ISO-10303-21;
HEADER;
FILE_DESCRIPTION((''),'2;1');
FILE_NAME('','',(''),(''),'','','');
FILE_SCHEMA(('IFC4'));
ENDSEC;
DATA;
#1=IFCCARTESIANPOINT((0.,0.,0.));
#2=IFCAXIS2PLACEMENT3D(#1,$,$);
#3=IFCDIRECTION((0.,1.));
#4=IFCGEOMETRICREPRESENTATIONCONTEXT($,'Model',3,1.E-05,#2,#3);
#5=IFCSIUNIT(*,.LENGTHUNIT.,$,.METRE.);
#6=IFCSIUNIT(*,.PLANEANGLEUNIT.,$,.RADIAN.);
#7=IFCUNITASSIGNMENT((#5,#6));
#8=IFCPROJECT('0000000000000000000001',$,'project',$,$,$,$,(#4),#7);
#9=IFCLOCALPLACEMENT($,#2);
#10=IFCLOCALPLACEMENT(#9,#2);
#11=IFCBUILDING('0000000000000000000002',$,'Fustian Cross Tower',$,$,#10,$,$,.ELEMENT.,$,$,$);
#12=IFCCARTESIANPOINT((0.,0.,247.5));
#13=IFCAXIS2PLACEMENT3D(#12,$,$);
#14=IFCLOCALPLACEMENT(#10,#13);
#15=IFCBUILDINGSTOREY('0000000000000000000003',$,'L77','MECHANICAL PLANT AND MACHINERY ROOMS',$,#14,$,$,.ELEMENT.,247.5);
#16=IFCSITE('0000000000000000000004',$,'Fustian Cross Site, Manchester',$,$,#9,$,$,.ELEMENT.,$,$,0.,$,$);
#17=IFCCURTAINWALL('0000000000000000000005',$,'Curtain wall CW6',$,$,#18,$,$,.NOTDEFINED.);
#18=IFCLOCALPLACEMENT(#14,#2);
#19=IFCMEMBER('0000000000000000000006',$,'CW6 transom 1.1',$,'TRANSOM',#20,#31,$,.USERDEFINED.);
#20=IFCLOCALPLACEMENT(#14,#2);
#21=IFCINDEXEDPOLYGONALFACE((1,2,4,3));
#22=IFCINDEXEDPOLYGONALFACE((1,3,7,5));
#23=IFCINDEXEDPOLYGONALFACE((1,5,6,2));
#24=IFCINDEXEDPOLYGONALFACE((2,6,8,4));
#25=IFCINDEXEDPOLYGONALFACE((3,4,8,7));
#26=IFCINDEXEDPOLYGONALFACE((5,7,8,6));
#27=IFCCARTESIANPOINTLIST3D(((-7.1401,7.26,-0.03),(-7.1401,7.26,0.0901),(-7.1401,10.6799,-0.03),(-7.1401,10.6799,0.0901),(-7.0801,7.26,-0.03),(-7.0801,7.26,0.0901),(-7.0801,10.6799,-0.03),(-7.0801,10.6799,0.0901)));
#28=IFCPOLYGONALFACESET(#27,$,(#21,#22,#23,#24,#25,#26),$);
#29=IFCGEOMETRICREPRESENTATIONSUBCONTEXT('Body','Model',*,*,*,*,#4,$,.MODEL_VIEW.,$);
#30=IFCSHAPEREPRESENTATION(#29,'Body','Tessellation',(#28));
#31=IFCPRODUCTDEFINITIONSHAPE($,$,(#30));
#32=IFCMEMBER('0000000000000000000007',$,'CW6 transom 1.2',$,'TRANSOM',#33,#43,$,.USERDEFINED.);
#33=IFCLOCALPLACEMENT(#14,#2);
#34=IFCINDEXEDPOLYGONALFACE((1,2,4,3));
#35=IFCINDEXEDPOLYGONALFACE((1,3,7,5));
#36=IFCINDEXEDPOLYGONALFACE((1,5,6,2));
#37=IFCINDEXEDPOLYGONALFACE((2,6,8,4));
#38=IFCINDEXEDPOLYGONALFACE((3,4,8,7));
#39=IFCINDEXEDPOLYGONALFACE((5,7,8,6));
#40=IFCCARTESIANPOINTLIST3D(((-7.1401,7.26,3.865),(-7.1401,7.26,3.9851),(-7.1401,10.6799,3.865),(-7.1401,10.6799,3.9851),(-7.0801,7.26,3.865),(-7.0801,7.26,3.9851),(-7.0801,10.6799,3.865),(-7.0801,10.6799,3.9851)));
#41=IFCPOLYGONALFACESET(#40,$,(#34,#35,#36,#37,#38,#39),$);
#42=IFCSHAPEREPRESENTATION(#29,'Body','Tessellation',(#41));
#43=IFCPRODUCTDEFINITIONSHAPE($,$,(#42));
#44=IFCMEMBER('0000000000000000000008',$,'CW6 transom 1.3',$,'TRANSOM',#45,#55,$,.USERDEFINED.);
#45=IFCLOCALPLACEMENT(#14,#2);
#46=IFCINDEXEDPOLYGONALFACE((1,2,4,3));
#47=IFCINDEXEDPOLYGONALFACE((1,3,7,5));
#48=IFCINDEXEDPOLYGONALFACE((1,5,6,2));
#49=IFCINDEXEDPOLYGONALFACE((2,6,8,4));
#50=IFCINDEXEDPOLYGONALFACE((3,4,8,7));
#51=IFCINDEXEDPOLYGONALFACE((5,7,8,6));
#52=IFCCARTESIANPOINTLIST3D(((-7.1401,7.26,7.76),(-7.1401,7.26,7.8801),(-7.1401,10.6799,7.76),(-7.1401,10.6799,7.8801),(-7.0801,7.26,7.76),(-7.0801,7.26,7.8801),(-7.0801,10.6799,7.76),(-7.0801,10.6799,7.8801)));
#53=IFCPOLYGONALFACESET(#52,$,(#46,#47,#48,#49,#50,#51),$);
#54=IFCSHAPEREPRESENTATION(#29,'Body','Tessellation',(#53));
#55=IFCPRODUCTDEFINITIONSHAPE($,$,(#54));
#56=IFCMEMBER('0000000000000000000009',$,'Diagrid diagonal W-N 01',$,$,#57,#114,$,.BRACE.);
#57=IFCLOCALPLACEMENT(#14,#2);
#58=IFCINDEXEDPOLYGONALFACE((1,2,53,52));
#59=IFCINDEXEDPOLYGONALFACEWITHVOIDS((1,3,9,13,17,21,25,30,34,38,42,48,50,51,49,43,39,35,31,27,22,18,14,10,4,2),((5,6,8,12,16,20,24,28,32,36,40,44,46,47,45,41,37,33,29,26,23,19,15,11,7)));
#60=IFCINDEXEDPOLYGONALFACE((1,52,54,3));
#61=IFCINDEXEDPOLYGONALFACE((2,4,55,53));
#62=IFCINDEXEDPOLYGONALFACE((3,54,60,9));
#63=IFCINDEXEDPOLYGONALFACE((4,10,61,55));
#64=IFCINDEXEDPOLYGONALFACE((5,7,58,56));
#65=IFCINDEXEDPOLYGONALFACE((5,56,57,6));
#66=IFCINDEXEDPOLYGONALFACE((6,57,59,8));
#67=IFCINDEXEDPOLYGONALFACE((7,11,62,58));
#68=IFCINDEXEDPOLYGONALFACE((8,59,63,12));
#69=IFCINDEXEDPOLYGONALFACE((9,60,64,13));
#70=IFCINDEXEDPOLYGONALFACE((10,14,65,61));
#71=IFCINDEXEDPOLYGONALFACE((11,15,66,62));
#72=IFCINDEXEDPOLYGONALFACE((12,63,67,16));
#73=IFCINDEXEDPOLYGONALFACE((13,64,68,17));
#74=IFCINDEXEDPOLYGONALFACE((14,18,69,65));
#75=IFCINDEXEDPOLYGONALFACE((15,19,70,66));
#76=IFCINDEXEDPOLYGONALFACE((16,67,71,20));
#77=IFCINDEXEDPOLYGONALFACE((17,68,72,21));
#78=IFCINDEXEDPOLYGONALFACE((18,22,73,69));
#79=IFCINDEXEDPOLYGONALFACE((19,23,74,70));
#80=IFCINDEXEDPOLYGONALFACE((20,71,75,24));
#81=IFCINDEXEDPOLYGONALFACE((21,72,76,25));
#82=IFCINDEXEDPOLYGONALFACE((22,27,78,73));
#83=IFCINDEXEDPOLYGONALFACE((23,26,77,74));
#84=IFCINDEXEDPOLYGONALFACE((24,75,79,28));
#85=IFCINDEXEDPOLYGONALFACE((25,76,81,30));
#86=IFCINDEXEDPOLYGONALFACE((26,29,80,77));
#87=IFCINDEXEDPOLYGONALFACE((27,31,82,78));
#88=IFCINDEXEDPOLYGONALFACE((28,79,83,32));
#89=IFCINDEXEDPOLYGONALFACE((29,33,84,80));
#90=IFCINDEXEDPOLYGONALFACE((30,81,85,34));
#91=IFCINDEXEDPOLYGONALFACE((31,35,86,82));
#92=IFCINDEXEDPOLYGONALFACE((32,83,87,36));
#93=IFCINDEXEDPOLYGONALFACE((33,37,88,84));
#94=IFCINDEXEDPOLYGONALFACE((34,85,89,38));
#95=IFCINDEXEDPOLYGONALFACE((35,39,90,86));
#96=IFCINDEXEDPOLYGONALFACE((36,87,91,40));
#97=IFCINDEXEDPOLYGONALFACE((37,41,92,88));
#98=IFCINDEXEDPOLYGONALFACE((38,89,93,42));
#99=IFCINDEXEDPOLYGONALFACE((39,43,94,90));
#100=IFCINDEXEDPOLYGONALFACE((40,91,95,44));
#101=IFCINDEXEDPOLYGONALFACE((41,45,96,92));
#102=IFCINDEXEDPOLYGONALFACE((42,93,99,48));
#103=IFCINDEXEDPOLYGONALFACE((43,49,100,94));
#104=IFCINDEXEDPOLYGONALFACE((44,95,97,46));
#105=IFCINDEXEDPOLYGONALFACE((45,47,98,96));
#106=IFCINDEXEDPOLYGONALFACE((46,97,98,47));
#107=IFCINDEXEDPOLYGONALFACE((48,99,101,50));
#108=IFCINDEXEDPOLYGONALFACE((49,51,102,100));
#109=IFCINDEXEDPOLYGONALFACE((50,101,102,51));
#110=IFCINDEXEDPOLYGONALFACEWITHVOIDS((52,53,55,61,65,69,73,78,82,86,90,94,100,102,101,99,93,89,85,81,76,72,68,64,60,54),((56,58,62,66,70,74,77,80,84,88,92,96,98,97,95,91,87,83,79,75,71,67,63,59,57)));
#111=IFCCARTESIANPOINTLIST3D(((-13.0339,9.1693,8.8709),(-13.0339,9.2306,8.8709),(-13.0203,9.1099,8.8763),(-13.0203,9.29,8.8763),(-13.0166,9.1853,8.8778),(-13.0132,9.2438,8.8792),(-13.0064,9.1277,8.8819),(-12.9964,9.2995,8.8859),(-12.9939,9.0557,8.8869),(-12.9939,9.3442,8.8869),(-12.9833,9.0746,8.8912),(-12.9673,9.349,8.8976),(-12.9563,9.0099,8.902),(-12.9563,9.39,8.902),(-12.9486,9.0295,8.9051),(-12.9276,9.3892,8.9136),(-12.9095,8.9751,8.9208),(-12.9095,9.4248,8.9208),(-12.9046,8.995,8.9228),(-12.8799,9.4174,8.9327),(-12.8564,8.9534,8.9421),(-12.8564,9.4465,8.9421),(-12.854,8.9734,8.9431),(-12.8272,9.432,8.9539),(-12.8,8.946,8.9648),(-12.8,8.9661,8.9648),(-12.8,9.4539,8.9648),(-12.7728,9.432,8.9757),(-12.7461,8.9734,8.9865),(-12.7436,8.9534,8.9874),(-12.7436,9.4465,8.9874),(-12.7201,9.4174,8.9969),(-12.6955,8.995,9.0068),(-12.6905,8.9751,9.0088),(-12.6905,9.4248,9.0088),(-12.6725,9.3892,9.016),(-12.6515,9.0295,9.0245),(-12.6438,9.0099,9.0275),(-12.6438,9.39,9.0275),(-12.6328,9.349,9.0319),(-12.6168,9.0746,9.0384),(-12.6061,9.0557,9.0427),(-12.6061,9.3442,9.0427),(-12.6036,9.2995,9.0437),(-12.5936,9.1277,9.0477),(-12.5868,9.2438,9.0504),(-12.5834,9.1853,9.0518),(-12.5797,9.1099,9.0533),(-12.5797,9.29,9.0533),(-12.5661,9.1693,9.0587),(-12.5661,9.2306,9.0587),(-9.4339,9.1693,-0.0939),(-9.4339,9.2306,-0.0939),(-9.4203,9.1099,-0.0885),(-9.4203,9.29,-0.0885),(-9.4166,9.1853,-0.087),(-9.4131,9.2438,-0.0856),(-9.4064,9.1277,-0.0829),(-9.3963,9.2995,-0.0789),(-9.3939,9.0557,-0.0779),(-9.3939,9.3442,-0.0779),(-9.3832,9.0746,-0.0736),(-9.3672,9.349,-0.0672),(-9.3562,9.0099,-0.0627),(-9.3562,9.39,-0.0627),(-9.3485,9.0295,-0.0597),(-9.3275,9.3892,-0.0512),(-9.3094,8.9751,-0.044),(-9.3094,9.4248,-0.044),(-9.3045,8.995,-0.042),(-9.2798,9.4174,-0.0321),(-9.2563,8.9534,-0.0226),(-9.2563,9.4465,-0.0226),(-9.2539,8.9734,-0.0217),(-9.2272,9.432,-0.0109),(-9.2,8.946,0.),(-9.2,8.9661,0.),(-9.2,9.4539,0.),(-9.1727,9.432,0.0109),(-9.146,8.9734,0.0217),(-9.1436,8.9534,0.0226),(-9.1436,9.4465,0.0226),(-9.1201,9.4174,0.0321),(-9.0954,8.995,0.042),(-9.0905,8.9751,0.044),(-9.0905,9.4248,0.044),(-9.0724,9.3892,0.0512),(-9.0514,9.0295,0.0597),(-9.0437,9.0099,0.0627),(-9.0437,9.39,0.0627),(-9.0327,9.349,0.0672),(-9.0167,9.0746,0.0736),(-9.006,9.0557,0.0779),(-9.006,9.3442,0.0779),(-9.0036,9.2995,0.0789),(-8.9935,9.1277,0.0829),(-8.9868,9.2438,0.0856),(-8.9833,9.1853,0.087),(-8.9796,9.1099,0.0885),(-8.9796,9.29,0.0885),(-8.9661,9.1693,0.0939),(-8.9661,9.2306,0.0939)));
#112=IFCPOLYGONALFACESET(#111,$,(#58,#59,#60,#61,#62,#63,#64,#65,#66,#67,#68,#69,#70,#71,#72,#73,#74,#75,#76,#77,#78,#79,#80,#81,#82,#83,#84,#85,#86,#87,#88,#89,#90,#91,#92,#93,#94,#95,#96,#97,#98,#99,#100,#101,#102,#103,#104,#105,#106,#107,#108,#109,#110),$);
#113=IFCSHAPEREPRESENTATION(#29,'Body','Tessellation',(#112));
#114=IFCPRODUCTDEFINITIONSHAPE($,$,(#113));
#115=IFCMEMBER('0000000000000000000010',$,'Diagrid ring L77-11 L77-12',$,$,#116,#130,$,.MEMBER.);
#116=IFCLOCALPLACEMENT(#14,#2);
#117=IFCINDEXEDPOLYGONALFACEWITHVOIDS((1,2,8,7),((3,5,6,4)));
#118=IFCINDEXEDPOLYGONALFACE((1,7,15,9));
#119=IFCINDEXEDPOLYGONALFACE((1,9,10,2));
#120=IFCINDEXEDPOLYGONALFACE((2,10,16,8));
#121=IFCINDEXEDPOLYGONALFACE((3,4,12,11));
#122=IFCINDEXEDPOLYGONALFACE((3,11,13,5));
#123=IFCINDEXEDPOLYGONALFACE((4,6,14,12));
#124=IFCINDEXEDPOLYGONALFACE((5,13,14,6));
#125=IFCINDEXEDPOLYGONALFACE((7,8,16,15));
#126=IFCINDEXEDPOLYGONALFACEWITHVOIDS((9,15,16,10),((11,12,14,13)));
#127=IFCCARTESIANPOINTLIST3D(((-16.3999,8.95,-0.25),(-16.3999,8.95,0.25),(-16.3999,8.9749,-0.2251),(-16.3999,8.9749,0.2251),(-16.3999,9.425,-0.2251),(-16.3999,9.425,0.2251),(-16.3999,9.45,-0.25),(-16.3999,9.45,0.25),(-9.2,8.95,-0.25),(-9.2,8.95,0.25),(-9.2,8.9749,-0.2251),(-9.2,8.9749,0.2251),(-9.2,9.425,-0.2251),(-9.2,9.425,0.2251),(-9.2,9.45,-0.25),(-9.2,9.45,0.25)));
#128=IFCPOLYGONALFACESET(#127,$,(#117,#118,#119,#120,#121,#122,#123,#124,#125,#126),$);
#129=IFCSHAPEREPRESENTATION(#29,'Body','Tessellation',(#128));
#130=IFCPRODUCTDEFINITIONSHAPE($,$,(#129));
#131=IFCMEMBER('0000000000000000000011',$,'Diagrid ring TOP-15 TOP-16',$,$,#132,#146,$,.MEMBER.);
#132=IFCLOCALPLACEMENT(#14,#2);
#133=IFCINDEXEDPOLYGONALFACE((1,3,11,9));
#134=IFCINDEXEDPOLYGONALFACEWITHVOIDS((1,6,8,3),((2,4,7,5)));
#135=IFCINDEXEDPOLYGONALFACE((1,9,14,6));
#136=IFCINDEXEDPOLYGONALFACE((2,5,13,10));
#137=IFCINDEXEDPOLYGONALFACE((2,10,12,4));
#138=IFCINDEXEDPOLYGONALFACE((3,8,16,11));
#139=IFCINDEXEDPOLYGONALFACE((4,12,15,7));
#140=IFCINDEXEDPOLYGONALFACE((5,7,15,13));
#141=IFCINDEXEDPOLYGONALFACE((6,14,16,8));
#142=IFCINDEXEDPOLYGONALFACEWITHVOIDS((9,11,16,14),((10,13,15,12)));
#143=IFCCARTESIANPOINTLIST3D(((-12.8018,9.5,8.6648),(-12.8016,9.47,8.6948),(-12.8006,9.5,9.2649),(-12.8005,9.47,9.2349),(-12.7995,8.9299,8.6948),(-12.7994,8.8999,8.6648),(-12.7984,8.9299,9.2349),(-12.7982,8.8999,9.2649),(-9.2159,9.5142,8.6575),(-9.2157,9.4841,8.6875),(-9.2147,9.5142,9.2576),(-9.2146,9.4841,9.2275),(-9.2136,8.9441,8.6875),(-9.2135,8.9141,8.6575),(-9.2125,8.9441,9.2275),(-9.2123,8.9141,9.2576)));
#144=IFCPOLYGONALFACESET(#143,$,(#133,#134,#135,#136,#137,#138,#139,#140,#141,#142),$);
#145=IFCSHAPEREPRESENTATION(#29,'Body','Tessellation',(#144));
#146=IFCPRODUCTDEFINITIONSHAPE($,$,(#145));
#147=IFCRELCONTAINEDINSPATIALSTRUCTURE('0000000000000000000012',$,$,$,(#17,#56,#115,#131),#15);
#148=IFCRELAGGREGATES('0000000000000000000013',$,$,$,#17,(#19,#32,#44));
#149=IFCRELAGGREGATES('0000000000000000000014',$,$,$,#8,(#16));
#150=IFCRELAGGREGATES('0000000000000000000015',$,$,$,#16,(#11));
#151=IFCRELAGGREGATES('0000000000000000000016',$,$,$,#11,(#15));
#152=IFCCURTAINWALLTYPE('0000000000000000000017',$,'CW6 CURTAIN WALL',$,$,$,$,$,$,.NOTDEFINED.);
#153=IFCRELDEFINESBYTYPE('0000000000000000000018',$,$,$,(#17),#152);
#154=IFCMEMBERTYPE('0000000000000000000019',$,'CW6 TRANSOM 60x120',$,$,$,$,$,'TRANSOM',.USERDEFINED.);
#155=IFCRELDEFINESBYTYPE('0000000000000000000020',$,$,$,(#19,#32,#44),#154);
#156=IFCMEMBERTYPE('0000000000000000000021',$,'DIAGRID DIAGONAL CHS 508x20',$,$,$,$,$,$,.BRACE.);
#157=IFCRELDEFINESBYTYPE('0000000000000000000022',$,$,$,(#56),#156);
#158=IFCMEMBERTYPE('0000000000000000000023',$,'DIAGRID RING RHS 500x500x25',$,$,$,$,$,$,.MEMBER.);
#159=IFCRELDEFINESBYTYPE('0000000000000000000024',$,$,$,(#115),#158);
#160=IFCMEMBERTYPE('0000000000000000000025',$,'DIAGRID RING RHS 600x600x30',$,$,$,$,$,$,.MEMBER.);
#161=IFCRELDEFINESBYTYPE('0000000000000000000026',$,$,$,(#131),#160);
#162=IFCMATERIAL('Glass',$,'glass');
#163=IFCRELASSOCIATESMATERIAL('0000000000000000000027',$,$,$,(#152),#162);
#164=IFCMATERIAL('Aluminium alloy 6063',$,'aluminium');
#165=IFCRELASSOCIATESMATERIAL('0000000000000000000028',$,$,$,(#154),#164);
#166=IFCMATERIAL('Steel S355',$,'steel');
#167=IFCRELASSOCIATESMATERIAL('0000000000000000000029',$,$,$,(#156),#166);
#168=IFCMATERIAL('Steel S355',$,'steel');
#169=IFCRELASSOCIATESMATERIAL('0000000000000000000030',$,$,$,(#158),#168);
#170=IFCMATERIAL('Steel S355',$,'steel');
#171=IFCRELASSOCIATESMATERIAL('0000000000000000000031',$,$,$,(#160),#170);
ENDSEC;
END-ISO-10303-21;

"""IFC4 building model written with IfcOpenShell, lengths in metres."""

from ifc_helpers import new_model, si_unit, direction, frame, origin, origin_2d, place, context, subcontext, project, spatial, rectangle, hollow_rectangle, hollow_circle, extrude, material, material_profile, profile_set, type_object, element, aggregate, save


model = new_model("IFC4")

# Units and contexts
model_context = context("Model", 3, precision=1e-05, world=origin(), true_north=direction((0.0, 1.0)))
body_context = subcontext(model_context, "Body", "Model", "MODEL_VIEW")
ifc_project = project(units=[si_unit("LENGTHUNIT", "METRE"), si_unit("PLANEANGLEUNIT", "RADIAN")], contexts=[model_context])

# Site, building, storey
site_placement = place(None, origin())
site = spatial("IfcSite", under=ifc_project, at=site_placement, Name="Fustian Cross Site, Manchester", CompositionType="ELEMENT", RefElevation=0.0)
building_placement = place(site_placement, origin())
building = spatial("IfcBuilding", under=site, at=building_placement, Name="Fustian Cross Tower", CompositionType="ELEMENT")
storey_placement = place(building_placement, frame((0.0, 0.0, 247.5)))
storey = spatial("IfcBuildingStorey", under=building, at=storey_placement, Name="L77", Description="MECHANICAL PLANT AND MACHINERY ROOMS", CompositionType="ELEMENT", Elevation=247.5)

# Curtain wall, members
ifc_material_1 = material(Name="Glass", Category="glass")
curtain_wall_type = type_object("IfcCurtainWallType", Name="CW6 CURTAIN WALL", PredefinedType="NOTDEFINED", material=ifc_material_1)
curtain_wall_placement = place(storey_placement, origin())
curtain_wall = element("IfcCurtainWall", 1, at=curtain_wall_placement, inside=storey, type_object=curtain_wall_type, Name="Curtain wall CW6", PredefinedType="NOTDEFINED")
ifc_material_2 = material(Name="Aluminium alloy 6063", Category="aluminium")
ifc_material_profile_1 = material_profile(ifc_material_2, rectangle(XDim=0.0601, YDim=0.1201, at=origin_2d()), Name="CW6 TRANSOM 60x120")
ifc_profile_set_1 = profile_set([ifc_material_profile_1], Name="Aluminium alloy 6063")
member_type_1 = type_object("IfcMemberType", Name="CW6 TRANSOM 60x120", ElementType="TRANSOM", PredefinedType="USERDEFINED", material=ifc_profile_set_1)
member_1_placement = place(storey_placement, frame((-7.1101, 10.6799, 0.03), z_axis=(0.0, -1.0, 0.0), x_axis=(1.0, 0.0, 0.0)))
member_1 = element("IfcMember", 2, at=member_1_placement, type_object=member_type_1, Name="CW6 transom 1.1", ObjectType="TRANSOM", PredefinedType="USERDEFINED", context=body_context, shape_type="SweptSolid", body=[
    extrude(rectangle(XDim=0.0601, YDim=0.1201, at=origin_2d()), origin(), (0.0, 0.0, 1.0), 3.4199),
])
member_2_placement = place(storey_placement, frame((-7.1101, 10.6799, 3.925), z_axis=(0.0, -1.0, 0.0), x_axis=(1.0, 0.0, 0.0)))
member_2 = element("IfcMember", 3, at=member_2_placement, type_object=member_type_1, Name="CW6 transom 1.2", ObjectType="TRANSOM", PredefinedType="USERDEFINED", context=body_context, shape_type="SweptSolid", body=[
    extrude(rectangle(XDim=0.0601, YDim=0.1201, at=origin_2d()), origin(), (0.0, 0.0, 1.0), 3.4199),
])
member_3_placement = place(storey_placement, frame((-7.1101, 10.6799, 7.8201), z_axis=(0.0, -1.0, 0.0), x_axis=(1.0, 0.0, 0.0)))
member_3 = element("IfcMember", 4, at=member_3_placement, type_object=member_type_1, Name="CW6 transom 1.3", ObjectType="TRANSOM", PredefinedType="USERDEFINED", context=body_context, shape_type="SweptSolid", body=[
    extrude(rectangle(XDim=0.0601, YDim=0.1201, at=origin_2d()), origin(), (0.0, 0.0, 1.0), 3.4199),
])

# Members
ifc_material_3 = material(Name="Steel S355", Category="steel")
ifc_material_profile_2 = material_profile(ifc_material_3, hollow_circle(Radius=0.2539, WallThickness=0.02, at=origin_2d()), Name="CHS 508x20")
ifc_profile_set_2 = profile_set([ifc_material_profile_2], Name="Steel S355")
member_type_2 = type_object("IfcMemberType", Name="DIAGRID DIAGONAL CHS 508x20", PredefinedType="BRACE", material=ifc_profile_set_2)
member_4_placement = place(storey_placement, frame((-9.2, 9.2, 0.0), z_axis=(-0.372654, 0.0, 0.92797), x_axis=(0.0, -1.0, 0.0)))
element("IfcMember", 5, at=member_4_placement, inside=storey, type_object=member_type_2, Name="Diagrid diagonal W-N 01", PredefinedType="BRACE", context=body_context, shape_type="SweptSolid", body=[
    extrude(hollow_circle(Radius=0.2539, WallThickness=0.02, at=origin_2d()), origin(), (0.0, 0.0, 1.0), 9.6606),
])
ifc_material_4 = material(Name="Steel S355", Category="steel")
ifc_material_profile_3 = material_profile(ifc_material_4, hollow_rectangle(XDim=0.5, YDim=0.5, WallThickness=0.0249, at=origin_2d()), Name="RHS 500x500x25")
ifc_profile_set_3 = profile_set([ifc_material_profile_3], Name="Steel S355")
member_type_3 = type_object("IfcMemberType", Name="DIAGRID RING RHS 500x500x25", PredefinedType="MEMBER", material=ifc_profile_set_3)
member_5_placement = place(storey_placement, frame((-9.2, 9.2, 0.0), z_axis=(-1.0, 0.0, 0.0), x_axis=(0.0, -1.0, 0.0)))
element("IfcMember", 6, at=member_5_placement, inside=storey, type_object=member_type_3, Name="Diagrid ring L77-11 L77-12", PredefinedType="MEMBER", context=body_context, shape_type="SweptSolid", body=[
    extrude(hollow_rectangle(XDim=0.5, YDim=0.5, WallThickness=0.0249, at=origin_2d()), origin(), (0.0, 0.0, 1.0), 7.2),
])
ifc_material_5 = material(Name="Steel S355", Category="steel")
ifc_material_profile_4 = material_profile(ifc_material_5, hollow_rectangle(XDim=0.6001, YDim=0.6001, WallThickness=0.03, at=origin_2d()), Name="RHS 600x600x30")
ifc_profile_set_4 = profile_set([ifc_material_profile_4], Name="Steel S355")
member_type_4 = type_object("IfcMemberType", Name="DIAGRID RING RHS 600x600x30", PredefinedType="MEMBER", material=ifc_profile_set_4)
member_6_placement = place(storey_placement, frame((-9.2141, 9.2141, 8.9575), z_axis=(-0.99999, -0.003949, 0.002042), x_axis=(0.003949, -0.999992, 0.0)))
element("IfcMember", 7, at=member_6_placement, inside=storey, type_object=member_type_4, Name="Diagrid ring TOP-15 TOP-16", PredefinedType="MEMBER", context=body_context, shape_type="SweptSolid", body=[
    extrude(hollow_rectangle(XDim=0.6001, YDim=0.6001, WallThickness=0.03, at=origin_2d()), origin(), (0.0, 0.0, 1.0), 3.5859),
])

aggregate(curtain_wall, [member_1, member_2, member_3])

save(model, "model.ifc")
